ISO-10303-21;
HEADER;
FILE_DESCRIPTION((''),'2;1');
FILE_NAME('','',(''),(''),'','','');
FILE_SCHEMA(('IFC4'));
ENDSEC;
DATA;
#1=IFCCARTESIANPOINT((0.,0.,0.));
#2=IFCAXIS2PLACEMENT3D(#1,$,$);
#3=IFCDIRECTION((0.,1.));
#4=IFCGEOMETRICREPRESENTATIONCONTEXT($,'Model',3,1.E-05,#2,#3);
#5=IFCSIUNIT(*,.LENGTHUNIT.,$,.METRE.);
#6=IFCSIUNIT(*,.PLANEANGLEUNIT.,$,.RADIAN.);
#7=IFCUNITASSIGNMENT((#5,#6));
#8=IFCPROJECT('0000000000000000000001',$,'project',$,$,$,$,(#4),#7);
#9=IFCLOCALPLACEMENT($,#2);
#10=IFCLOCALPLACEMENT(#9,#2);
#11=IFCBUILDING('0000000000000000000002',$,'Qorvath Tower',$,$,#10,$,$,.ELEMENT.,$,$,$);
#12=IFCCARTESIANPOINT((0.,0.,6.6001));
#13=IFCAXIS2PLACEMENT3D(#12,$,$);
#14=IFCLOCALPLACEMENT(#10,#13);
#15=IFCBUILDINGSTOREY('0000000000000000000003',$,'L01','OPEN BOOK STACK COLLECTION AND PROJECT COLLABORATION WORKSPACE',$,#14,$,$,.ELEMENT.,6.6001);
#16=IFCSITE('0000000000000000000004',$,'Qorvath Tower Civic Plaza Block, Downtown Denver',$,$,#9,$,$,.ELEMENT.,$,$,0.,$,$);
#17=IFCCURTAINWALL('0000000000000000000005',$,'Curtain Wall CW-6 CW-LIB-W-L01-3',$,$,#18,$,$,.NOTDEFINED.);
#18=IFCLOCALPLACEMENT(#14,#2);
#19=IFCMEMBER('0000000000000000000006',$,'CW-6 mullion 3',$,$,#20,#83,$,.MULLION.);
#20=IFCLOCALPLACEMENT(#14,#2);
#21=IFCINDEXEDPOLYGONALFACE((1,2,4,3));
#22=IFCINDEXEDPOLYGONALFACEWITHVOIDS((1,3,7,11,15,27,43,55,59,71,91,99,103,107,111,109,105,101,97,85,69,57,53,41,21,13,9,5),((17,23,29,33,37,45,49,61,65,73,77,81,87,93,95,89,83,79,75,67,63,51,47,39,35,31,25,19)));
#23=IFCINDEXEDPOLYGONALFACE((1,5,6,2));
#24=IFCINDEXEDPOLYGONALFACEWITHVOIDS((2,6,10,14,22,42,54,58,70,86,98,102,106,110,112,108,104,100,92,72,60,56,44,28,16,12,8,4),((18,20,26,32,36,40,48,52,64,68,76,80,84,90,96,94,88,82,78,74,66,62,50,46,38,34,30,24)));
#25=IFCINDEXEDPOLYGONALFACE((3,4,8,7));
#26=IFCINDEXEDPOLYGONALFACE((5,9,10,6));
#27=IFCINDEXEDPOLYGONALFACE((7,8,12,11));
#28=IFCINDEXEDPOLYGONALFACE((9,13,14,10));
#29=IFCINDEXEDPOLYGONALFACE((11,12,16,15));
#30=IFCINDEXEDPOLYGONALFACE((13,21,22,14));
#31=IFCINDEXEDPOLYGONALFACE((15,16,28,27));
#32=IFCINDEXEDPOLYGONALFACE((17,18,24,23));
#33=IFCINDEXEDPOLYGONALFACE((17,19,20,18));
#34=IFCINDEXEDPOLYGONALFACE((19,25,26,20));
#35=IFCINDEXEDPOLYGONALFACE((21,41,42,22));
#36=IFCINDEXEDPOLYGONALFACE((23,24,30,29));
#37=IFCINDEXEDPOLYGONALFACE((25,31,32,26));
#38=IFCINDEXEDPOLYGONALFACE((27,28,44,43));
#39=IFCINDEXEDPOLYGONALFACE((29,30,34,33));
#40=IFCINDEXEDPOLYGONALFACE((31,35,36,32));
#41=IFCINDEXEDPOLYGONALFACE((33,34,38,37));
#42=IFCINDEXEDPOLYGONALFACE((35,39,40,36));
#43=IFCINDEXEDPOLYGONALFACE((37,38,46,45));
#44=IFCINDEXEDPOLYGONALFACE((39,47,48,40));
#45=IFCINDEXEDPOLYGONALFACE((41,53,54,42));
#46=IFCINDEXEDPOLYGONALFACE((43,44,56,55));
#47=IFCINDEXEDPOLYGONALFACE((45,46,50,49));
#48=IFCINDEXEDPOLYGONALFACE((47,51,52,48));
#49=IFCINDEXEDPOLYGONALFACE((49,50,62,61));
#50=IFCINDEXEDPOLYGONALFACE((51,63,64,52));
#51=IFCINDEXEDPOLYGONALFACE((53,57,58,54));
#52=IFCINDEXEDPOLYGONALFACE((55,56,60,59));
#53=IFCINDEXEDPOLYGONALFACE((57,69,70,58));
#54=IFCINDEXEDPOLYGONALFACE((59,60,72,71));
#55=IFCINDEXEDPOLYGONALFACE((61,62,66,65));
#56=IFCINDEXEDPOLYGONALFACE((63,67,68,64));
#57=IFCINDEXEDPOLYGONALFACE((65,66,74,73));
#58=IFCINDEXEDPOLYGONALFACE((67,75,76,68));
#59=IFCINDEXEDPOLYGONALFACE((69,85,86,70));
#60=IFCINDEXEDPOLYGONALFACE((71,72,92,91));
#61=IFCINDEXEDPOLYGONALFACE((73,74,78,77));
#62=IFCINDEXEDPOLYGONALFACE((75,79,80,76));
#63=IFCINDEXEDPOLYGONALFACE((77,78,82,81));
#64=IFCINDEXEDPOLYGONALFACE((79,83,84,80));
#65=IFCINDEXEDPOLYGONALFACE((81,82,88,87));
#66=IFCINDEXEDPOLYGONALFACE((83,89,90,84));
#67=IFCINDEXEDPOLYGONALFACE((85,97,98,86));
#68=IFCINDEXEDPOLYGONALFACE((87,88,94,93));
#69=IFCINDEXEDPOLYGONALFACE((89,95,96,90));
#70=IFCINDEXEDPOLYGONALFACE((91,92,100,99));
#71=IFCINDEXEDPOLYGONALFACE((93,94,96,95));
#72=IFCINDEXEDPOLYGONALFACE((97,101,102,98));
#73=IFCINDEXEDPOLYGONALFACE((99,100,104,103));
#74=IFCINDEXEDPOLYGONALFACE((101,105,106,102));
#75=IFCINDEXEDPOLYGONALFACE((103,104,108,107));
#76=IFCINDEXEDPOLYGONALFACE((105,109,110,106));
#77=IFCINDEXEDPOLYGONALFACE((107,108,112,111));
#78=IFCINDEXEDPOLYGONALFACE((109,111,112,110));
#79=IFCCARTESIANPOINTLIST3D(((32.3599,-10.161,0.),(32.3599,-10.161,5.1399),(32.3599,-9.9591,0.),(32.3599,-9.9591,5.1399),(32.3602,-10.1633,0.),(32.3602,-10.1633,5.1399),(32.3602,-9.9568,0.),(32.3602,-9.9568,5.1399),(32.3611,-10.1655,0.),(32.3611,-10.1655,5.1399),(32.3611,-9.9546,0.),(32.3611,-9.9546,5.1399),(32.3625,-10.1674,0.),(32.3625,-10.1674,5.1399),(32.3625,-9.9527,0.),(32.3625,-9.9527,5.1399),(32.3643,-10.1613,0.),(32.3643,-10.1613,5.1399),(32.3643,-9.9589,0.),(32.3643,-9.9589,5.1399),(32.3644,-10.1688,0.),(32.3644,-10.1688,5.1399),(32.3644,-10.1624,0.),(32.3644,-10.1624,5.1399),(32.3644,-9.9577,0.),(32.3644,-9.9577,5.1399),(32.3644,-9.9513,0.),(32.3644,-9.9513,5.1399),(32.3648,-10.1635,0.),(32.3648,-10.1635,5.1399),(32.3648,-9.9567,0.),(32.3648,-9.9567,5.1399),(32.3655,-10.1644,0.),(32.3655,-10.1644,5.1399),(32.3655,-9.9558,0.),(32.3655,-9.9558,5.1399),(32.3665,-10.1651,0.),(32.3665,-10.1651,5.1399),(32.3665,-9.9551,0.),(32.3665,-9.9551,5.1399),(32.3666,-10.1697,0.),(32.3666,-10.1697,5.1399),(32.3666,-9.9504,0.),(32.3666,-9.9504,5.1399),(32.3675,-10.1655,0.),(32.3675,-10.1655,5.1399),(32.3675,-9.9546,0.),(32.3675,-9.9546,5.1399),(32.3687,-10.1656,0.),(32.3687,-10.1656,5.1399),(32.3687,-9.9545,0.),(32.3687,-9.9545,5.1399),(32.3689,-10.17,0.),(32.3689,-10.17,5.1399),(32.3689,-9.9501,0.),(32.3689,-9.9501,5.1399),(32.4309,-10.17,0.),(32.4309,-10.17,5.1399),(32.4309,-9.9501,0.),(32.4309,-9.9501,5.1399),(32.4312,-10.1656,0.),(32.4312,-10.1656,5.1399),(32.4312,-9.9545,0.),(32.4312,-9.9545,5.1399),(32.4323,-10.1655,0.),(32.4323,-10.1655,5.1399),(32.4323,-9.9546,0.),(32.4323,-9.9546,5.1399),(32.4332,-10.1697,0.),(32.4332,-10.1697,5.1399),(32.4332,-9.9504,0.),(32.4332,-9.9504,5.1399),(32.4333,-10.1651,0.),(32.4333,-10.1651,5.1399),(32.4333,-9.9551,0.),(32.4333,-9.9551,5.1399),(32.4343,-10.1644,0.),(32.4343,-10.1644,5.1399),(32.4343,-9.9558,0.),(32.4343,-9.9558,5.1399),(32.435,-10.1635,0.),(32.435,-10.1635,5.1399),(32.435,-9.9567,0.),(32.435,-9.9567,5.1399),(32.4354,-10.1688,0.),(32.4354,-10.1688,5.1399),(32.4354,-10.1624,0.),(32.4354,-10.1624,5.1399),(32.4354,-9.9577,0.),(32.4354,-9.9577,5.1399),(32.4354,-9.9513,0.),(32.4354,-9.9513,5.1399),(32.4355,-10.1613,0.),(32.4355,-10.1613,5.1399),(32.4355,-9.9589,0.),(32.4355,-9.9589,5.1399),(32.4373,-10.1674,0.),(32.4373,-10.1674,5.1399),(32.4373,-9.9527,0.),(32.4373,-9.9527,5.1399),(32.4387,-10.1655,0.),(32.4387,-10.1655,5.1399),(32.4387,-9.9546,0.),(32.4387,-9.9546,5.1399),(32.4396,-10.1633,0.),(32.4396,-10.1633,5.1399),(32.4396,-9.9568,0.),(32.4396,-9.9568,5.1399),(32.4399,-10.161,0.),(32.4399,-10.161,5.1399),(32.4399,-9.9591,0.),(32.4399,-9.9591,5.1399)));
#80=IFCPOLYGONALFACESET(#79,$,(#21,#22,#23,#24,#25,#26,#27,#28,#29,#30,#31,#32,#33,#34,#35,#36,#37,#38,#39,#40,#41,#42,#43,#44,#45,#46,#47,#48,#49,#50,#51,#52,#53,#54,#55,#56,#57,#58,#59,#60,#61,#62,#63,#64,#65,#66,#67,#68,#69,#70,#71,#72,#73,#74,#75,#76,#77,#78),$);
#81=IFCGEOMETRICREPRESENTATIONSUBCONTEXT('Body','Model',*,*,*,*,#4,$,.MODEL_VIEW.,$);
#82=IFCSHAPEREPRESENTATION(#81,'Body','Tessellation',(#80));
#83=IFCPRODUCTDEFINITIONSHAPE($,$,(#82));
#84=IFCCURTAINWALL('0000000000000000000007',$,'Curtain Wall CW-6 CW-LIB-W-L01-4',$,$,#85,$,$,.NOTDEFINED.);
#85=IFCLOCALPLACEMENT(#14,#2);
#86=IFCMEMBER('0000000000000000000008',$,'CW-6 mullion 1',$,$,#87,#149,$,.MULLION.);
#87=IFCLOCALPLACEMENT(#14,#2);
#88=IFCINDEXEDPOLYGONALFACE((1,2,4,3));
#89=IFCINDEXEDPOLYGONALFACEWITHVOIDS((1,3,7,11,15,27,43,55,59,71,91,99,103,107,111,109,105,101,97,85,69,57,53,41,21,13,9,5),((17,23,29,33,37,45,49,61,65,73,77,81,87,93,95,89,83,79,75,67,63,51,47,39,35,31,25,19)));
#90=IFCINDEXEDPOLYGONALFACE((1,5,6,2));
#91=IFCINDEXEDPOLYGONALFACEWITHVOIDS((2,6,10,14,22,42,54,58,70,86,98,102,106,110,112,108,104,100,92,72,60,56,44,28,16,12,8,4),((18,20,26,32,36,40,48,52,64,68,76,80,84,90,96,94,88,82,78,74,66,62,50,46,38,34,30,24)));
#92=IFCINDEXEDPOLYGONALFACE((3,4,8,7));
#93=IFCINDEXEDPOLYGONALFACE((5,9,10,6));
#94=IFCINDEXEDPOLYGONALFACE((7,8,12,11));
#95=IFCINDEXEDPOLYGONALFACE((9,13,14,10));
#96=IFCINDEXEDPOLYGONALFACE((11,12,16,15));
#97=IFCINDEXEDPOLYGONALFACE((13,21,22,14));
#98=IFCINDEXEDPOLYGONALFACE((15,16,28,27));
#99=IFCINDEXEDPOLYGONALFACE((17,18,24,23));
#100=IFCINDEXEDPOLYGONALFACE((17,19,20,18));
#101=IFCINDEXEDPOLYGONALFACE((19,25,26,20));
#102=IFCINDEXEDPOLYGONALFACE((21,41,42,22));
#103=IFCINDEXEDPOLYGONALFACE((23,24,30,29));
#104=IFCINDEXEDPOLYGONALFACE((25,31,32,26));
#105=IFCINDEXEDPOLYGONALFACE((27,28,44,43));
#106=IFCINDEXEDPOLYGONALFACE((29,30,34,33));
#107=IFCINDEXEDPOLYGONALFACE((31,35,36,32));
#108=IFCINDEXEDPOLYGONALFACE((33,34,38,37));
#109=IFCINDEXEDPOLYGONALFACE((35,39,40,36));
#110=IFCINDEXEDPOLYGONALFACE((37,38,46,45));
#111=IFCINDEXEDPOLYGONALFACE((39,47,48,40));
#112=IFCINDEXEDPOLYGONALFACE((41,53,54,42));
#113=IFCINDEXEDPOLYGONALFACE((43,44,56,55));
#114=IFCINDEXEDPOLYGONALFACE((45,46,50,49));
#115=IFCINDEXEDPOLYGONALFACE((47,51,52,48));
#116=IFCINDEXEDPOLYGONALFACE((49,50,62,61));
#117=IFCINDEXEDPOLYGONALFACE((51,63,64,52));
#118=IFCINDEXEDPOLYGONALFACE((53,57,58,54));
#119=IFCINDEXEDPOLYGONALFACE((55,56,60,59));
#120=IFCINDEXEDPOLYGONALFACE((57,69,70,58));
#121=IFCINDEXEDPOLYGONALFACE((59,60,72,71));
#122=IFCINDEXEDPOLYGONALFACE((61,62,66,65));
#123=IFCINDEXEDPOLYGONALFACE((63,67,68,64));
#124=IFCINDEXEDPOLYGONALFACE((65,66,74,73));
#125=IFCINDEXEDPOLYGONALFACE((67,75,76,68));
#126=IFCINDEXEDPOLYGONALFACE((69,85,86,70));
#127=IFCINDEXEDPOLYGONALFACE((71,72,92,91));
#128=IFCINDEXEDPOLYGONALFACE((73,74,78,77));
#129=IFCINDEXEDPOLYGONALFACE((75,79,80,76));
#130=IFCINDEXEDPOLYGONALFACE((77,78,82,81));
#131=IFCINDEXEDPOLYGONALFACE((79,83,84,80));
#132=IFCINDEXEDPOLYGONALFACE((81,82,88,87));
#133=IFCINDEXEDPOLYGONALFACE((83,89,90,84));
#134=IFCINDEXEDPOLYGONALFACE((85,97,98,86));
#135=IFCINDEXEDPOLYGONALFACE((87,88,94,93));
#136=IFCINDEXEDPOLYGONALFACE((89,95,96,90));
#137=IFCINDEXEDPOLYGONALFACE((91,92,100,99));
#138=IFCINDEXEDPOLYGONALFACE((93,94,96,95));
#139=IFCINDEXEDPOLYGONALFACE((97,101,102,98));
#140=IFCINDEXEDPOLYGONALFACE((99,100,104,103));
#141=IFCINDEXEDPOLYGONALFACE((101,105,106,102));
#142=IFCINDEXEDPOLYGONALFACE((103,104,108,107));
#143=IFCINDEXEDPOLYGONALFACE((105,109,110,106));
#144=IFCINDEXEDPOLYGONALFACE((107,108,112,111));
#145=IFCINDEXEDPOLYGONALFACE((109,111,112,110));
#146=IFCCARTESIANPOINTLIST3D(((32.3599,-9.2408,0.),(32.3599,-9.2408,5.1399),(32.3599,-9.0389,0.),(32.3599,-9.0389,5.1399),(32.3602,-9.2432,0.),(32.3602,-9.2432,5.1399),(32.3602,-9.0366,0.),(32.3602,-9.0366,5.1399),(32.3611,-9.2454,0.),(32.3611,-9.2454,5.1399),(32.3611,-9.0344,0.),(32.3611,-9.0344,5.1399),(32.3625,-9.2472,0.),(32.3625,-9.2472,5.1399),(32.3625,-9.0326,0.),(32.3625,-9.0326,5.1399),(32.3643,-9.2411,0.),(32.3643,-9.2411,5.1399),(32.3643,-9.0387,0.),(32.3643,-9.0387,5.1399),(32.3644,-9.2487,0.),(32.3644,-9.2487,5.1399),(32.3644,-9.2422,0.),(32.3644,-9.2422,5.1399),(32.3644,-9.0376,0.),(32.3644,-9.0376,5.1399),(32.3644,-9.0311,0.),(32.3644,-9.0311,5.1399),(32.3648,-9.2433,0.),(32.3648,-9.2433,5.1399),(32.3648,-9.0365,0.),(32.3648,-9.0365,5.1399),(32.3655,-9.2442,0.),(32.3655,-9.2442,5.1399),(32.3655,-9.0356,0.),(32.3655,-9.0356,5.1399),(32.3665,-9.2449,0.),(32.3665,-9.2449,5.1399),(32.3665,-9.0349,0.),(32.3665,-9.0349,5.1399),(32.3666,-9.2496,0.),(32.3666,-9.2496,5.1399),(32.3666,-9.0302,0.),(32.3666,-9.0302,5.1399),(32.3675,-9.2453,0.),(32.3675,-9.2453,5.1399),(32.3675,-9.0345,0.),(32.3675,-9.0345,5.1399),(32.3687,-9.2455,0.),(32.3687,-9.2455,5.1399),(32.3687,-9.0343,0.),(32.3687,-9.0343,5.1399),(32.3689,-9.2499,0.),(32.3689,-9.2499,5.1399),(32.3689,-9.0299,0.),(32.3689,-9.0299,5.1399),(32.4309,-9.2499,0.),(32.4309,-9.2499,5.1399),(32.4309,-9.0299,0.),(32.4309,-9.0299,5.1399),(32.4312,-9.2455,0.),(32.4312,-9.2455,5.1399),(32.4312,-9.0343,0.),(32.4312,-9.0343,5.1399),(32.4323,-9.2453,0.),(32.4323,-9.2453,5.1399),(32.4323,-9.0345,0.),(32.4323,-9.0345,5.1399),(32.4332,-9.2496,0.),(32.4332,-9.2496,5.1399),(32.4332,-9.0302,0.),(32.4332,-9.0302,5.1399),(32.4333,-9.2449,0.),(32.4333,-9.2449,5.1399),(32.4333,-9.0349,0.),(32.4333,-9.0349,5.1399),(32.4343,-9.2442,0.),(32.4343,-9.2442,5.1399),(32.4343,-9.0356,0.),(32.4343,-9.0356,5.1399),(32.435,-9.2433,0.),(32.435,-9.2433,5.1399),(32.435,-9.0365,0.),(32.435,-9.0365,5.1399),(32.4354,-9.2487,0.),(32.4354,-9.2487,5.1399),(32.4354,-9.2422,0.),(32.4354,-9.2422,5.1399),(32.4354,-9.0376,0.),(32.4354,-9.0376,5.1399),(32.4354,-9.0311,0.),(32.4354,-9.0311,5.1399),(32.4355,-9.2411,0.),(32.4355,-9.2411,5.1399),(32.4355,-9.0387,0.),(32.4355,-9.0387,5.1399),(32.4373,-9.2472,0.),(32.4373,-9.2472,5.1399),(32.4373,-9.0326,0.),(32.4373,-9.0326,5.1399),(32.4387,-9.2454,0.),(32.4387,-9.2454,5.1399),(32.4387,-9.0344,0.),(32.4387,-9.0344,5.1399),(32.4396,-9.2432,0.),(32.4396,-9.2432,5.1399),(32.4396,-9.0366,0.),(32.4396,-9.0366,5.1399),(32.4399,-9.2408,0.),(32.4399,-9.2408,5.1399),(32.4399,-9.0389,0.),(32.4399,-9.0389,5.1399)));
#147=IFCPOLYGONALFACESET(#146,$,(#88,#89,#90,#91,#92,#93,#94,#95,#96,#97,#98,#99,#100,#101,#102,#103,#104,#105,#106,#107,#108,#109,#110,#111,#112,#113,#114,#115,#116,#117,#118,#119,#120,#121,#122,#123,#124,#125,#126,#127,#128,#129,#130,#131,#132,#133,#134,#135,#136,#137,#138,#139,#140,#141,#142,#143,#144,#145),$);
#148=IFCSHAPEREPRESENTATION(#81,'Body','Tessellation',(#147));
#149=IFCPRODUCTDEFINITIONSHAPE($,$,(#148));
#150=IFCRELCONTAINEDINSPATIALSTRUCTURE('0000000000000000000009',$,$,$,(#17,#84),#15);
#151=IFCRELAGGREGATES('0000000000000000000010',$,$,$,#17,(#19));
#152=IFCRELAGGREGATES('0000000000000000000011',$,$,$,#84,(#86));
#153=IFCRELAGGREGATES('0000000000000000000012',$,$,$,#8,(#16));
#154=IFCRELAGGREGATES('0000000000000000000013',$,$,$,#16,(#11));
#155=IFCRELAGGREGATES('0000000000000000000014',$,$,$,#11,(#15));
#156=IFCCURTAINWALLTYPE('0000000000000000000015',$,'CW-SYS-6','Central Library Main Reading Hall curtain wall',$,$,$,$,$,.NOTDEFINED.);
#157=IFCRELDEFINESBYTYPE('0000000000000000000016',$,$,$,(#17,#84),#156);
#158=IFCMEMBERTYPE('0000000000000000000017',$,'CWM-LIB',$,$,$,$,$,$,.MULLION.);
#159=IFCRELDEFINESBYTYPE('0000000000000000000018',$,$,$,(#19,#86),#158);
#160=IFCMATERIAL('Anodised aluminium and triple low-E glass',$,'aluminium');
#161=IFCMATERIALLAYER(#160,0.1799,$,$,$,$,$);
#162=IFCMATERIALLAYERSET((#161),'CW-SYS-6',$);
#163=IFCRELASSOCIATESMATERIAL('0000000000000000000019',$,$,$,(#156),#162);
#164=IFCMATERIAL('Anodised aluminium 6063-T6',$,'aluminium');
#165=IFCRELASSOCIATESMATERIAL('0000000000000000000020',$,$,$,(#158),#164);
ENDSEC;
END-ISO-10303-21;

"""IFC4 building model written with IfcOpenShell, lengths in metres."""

from ifc_helpers import new_model, si_unit, direction, frame, origin, origin_2d, place, context, subcontext, project, spatial, hollow_rectangle, extrude, material, layer, layer_set, material_profile, profile_set, type_object, element, aggregate, save


model = new_model("IFC4")

# Units and contexts
model_context = context("Model", 3, precision=1e-05, world=origin(), true_north=direction((0.0, 1.0)))
body_context = subcontext(model_context, "Body", "Model", "MODEL_VIEW")
ifc_project = project(units=[si_unit("LENGTHUNIT", "METRE"), si_unit("PLANEANGLEUNIT", "RADIAN")], contexts=[model_context])

# Site, building, storey
site_placement = place(None, origin())
site = spatial("IfcSite", under=ifc_project, at=site_placement, Name="Qorvath Tower Civic Plaza Block, Downtown Denver", CompositionType="ELEMENT", RefElevation=0.0)
building_placement = place(site_placement, origin())
building = spatial("IfcBuilding", under=site, at=building_placement, Name="Qorvath Tower", CompositionType="ELEMENT")
storey_placement = place(building_placement, frame((0.0, 0.0, 6.6001)))
storey = spatial("IfcBuildingStorey", under=building, at=storey_placement, Name="L01", Description="OPEN BOOK STACK COLLECTION AND PROJECT COLLABORATION WORKSPACE", CompositionType="ELEMENT", Elevation=6.6001)

# Curtain wall, member
ifc_material_1 = material(Name="Anodised aluminium and triple low-E glass", Category="aluminium")
ifc_layer_1 = layer(ifc_material_1, 0.1799)
ifc_layer_set_1 = layer_set([ifc_layer_1], Name="CW-SYS-6")
curtain_wall_type = type_object("IfcCurtainWallType", Name="CW-SYS-6", Description="Central Library Main Reading Hall curtain wall", PredefinedType="NOTDEFINED", material=ifc_layer_set_1)
curtain_wall_1_placement = place(storey_placement, origin())
curtain_wall_1 = element("IfcCurtainWall", 1, at=curtain_wall_1_placement, inside=storey, type_object=curtain_wall_type, Name="Curtain Wall CW-6 CW-LIB-W-L01-3", PredefinedType="NOTDEFINED")
ifc_material_2 = material(Name="Anodised aluminium 6063-T6", Category="aluminium")
ifc_material_profile_1 = material_profile(ifc_material_2, hollow_rectangle(XDim=0.0801, YDim=0.22, WallThickness=0.0044, InnerFilletRadius=0.0044, OuterFilletRadius=0.009, at=origin_2d()), Name="CWM LIB 220x80")
ifc_profile_set_1 = profile_set([ifc_material_profile_1], Name="Anodised aluminium 6063-T6")
member_type_1 = type_object("IfcMemberType", Name="CWM-LIB", PredefinedType="MULLION", material=ifc_profile_set_1)
member_1_placement = place(storey_placement, frame((32.3999, -10.0601, 0.0), z_axis=(0.0, 0.0, 1.0), x_axis=(-1.0, 0.0, 0.0)))
member_1 = element("IfcMember", 2, at=member_1_placement, type_object=member_type_1, Name="CW-6 mullion 3", PredefinedType="MULLION", context=body_context, shape_type="SweptSolid", body=[
    extrude(hollow_rectangle(XDim=0.0801, YDim=0.22, WallThickness=0.0044, InnerFilletRadius=0.0044, OuterFilletRadius=0.009, at=origin_2d()), origin(), (0.0, 0.0, 1.0), 5.1399),
])

# Curtain wall, member
curtain_wall_2_placement = place(storey_placement, origin())
curtain_wall_2 = element("IfcCurtainWall", 3, at=curtain_wall_2_placement, inside=storey, type_object=curtain_wall_type, Name="Curtain Wall CW-6 CW-LIB-W-L01-4", PredefinedType="NOTDEFINED")
member_2_placement = place(storey_placement, frame((32.3999, -9.1399, 0.0), z_axis=(0.0, 0.0, 1.0), x_axis=(-1.0, 0.0, 0.0)))
member_2 = element("IfcMember", 4, at=member_2_placement, type_object=member_type_1, Name="CW-6 mullion 1", PredefinedType="MULLION", context=body_context, shape_type="SweptSolid", body=[
    extrude(hollow_rectangle(XDim=0.0801, YDim=0.22, WallThickness=0.0044, InnerFilletRadius=0.0044, OuterFilletRadius=0.009, at=origin_2d()), origin(), (0.0, 0.0, 1.0), 5.1399),
])

aggregate(curtain_wall_1, [member_1])
aggregate(curtain_wall_2, [member_2])

save(model, "model.ifc")
